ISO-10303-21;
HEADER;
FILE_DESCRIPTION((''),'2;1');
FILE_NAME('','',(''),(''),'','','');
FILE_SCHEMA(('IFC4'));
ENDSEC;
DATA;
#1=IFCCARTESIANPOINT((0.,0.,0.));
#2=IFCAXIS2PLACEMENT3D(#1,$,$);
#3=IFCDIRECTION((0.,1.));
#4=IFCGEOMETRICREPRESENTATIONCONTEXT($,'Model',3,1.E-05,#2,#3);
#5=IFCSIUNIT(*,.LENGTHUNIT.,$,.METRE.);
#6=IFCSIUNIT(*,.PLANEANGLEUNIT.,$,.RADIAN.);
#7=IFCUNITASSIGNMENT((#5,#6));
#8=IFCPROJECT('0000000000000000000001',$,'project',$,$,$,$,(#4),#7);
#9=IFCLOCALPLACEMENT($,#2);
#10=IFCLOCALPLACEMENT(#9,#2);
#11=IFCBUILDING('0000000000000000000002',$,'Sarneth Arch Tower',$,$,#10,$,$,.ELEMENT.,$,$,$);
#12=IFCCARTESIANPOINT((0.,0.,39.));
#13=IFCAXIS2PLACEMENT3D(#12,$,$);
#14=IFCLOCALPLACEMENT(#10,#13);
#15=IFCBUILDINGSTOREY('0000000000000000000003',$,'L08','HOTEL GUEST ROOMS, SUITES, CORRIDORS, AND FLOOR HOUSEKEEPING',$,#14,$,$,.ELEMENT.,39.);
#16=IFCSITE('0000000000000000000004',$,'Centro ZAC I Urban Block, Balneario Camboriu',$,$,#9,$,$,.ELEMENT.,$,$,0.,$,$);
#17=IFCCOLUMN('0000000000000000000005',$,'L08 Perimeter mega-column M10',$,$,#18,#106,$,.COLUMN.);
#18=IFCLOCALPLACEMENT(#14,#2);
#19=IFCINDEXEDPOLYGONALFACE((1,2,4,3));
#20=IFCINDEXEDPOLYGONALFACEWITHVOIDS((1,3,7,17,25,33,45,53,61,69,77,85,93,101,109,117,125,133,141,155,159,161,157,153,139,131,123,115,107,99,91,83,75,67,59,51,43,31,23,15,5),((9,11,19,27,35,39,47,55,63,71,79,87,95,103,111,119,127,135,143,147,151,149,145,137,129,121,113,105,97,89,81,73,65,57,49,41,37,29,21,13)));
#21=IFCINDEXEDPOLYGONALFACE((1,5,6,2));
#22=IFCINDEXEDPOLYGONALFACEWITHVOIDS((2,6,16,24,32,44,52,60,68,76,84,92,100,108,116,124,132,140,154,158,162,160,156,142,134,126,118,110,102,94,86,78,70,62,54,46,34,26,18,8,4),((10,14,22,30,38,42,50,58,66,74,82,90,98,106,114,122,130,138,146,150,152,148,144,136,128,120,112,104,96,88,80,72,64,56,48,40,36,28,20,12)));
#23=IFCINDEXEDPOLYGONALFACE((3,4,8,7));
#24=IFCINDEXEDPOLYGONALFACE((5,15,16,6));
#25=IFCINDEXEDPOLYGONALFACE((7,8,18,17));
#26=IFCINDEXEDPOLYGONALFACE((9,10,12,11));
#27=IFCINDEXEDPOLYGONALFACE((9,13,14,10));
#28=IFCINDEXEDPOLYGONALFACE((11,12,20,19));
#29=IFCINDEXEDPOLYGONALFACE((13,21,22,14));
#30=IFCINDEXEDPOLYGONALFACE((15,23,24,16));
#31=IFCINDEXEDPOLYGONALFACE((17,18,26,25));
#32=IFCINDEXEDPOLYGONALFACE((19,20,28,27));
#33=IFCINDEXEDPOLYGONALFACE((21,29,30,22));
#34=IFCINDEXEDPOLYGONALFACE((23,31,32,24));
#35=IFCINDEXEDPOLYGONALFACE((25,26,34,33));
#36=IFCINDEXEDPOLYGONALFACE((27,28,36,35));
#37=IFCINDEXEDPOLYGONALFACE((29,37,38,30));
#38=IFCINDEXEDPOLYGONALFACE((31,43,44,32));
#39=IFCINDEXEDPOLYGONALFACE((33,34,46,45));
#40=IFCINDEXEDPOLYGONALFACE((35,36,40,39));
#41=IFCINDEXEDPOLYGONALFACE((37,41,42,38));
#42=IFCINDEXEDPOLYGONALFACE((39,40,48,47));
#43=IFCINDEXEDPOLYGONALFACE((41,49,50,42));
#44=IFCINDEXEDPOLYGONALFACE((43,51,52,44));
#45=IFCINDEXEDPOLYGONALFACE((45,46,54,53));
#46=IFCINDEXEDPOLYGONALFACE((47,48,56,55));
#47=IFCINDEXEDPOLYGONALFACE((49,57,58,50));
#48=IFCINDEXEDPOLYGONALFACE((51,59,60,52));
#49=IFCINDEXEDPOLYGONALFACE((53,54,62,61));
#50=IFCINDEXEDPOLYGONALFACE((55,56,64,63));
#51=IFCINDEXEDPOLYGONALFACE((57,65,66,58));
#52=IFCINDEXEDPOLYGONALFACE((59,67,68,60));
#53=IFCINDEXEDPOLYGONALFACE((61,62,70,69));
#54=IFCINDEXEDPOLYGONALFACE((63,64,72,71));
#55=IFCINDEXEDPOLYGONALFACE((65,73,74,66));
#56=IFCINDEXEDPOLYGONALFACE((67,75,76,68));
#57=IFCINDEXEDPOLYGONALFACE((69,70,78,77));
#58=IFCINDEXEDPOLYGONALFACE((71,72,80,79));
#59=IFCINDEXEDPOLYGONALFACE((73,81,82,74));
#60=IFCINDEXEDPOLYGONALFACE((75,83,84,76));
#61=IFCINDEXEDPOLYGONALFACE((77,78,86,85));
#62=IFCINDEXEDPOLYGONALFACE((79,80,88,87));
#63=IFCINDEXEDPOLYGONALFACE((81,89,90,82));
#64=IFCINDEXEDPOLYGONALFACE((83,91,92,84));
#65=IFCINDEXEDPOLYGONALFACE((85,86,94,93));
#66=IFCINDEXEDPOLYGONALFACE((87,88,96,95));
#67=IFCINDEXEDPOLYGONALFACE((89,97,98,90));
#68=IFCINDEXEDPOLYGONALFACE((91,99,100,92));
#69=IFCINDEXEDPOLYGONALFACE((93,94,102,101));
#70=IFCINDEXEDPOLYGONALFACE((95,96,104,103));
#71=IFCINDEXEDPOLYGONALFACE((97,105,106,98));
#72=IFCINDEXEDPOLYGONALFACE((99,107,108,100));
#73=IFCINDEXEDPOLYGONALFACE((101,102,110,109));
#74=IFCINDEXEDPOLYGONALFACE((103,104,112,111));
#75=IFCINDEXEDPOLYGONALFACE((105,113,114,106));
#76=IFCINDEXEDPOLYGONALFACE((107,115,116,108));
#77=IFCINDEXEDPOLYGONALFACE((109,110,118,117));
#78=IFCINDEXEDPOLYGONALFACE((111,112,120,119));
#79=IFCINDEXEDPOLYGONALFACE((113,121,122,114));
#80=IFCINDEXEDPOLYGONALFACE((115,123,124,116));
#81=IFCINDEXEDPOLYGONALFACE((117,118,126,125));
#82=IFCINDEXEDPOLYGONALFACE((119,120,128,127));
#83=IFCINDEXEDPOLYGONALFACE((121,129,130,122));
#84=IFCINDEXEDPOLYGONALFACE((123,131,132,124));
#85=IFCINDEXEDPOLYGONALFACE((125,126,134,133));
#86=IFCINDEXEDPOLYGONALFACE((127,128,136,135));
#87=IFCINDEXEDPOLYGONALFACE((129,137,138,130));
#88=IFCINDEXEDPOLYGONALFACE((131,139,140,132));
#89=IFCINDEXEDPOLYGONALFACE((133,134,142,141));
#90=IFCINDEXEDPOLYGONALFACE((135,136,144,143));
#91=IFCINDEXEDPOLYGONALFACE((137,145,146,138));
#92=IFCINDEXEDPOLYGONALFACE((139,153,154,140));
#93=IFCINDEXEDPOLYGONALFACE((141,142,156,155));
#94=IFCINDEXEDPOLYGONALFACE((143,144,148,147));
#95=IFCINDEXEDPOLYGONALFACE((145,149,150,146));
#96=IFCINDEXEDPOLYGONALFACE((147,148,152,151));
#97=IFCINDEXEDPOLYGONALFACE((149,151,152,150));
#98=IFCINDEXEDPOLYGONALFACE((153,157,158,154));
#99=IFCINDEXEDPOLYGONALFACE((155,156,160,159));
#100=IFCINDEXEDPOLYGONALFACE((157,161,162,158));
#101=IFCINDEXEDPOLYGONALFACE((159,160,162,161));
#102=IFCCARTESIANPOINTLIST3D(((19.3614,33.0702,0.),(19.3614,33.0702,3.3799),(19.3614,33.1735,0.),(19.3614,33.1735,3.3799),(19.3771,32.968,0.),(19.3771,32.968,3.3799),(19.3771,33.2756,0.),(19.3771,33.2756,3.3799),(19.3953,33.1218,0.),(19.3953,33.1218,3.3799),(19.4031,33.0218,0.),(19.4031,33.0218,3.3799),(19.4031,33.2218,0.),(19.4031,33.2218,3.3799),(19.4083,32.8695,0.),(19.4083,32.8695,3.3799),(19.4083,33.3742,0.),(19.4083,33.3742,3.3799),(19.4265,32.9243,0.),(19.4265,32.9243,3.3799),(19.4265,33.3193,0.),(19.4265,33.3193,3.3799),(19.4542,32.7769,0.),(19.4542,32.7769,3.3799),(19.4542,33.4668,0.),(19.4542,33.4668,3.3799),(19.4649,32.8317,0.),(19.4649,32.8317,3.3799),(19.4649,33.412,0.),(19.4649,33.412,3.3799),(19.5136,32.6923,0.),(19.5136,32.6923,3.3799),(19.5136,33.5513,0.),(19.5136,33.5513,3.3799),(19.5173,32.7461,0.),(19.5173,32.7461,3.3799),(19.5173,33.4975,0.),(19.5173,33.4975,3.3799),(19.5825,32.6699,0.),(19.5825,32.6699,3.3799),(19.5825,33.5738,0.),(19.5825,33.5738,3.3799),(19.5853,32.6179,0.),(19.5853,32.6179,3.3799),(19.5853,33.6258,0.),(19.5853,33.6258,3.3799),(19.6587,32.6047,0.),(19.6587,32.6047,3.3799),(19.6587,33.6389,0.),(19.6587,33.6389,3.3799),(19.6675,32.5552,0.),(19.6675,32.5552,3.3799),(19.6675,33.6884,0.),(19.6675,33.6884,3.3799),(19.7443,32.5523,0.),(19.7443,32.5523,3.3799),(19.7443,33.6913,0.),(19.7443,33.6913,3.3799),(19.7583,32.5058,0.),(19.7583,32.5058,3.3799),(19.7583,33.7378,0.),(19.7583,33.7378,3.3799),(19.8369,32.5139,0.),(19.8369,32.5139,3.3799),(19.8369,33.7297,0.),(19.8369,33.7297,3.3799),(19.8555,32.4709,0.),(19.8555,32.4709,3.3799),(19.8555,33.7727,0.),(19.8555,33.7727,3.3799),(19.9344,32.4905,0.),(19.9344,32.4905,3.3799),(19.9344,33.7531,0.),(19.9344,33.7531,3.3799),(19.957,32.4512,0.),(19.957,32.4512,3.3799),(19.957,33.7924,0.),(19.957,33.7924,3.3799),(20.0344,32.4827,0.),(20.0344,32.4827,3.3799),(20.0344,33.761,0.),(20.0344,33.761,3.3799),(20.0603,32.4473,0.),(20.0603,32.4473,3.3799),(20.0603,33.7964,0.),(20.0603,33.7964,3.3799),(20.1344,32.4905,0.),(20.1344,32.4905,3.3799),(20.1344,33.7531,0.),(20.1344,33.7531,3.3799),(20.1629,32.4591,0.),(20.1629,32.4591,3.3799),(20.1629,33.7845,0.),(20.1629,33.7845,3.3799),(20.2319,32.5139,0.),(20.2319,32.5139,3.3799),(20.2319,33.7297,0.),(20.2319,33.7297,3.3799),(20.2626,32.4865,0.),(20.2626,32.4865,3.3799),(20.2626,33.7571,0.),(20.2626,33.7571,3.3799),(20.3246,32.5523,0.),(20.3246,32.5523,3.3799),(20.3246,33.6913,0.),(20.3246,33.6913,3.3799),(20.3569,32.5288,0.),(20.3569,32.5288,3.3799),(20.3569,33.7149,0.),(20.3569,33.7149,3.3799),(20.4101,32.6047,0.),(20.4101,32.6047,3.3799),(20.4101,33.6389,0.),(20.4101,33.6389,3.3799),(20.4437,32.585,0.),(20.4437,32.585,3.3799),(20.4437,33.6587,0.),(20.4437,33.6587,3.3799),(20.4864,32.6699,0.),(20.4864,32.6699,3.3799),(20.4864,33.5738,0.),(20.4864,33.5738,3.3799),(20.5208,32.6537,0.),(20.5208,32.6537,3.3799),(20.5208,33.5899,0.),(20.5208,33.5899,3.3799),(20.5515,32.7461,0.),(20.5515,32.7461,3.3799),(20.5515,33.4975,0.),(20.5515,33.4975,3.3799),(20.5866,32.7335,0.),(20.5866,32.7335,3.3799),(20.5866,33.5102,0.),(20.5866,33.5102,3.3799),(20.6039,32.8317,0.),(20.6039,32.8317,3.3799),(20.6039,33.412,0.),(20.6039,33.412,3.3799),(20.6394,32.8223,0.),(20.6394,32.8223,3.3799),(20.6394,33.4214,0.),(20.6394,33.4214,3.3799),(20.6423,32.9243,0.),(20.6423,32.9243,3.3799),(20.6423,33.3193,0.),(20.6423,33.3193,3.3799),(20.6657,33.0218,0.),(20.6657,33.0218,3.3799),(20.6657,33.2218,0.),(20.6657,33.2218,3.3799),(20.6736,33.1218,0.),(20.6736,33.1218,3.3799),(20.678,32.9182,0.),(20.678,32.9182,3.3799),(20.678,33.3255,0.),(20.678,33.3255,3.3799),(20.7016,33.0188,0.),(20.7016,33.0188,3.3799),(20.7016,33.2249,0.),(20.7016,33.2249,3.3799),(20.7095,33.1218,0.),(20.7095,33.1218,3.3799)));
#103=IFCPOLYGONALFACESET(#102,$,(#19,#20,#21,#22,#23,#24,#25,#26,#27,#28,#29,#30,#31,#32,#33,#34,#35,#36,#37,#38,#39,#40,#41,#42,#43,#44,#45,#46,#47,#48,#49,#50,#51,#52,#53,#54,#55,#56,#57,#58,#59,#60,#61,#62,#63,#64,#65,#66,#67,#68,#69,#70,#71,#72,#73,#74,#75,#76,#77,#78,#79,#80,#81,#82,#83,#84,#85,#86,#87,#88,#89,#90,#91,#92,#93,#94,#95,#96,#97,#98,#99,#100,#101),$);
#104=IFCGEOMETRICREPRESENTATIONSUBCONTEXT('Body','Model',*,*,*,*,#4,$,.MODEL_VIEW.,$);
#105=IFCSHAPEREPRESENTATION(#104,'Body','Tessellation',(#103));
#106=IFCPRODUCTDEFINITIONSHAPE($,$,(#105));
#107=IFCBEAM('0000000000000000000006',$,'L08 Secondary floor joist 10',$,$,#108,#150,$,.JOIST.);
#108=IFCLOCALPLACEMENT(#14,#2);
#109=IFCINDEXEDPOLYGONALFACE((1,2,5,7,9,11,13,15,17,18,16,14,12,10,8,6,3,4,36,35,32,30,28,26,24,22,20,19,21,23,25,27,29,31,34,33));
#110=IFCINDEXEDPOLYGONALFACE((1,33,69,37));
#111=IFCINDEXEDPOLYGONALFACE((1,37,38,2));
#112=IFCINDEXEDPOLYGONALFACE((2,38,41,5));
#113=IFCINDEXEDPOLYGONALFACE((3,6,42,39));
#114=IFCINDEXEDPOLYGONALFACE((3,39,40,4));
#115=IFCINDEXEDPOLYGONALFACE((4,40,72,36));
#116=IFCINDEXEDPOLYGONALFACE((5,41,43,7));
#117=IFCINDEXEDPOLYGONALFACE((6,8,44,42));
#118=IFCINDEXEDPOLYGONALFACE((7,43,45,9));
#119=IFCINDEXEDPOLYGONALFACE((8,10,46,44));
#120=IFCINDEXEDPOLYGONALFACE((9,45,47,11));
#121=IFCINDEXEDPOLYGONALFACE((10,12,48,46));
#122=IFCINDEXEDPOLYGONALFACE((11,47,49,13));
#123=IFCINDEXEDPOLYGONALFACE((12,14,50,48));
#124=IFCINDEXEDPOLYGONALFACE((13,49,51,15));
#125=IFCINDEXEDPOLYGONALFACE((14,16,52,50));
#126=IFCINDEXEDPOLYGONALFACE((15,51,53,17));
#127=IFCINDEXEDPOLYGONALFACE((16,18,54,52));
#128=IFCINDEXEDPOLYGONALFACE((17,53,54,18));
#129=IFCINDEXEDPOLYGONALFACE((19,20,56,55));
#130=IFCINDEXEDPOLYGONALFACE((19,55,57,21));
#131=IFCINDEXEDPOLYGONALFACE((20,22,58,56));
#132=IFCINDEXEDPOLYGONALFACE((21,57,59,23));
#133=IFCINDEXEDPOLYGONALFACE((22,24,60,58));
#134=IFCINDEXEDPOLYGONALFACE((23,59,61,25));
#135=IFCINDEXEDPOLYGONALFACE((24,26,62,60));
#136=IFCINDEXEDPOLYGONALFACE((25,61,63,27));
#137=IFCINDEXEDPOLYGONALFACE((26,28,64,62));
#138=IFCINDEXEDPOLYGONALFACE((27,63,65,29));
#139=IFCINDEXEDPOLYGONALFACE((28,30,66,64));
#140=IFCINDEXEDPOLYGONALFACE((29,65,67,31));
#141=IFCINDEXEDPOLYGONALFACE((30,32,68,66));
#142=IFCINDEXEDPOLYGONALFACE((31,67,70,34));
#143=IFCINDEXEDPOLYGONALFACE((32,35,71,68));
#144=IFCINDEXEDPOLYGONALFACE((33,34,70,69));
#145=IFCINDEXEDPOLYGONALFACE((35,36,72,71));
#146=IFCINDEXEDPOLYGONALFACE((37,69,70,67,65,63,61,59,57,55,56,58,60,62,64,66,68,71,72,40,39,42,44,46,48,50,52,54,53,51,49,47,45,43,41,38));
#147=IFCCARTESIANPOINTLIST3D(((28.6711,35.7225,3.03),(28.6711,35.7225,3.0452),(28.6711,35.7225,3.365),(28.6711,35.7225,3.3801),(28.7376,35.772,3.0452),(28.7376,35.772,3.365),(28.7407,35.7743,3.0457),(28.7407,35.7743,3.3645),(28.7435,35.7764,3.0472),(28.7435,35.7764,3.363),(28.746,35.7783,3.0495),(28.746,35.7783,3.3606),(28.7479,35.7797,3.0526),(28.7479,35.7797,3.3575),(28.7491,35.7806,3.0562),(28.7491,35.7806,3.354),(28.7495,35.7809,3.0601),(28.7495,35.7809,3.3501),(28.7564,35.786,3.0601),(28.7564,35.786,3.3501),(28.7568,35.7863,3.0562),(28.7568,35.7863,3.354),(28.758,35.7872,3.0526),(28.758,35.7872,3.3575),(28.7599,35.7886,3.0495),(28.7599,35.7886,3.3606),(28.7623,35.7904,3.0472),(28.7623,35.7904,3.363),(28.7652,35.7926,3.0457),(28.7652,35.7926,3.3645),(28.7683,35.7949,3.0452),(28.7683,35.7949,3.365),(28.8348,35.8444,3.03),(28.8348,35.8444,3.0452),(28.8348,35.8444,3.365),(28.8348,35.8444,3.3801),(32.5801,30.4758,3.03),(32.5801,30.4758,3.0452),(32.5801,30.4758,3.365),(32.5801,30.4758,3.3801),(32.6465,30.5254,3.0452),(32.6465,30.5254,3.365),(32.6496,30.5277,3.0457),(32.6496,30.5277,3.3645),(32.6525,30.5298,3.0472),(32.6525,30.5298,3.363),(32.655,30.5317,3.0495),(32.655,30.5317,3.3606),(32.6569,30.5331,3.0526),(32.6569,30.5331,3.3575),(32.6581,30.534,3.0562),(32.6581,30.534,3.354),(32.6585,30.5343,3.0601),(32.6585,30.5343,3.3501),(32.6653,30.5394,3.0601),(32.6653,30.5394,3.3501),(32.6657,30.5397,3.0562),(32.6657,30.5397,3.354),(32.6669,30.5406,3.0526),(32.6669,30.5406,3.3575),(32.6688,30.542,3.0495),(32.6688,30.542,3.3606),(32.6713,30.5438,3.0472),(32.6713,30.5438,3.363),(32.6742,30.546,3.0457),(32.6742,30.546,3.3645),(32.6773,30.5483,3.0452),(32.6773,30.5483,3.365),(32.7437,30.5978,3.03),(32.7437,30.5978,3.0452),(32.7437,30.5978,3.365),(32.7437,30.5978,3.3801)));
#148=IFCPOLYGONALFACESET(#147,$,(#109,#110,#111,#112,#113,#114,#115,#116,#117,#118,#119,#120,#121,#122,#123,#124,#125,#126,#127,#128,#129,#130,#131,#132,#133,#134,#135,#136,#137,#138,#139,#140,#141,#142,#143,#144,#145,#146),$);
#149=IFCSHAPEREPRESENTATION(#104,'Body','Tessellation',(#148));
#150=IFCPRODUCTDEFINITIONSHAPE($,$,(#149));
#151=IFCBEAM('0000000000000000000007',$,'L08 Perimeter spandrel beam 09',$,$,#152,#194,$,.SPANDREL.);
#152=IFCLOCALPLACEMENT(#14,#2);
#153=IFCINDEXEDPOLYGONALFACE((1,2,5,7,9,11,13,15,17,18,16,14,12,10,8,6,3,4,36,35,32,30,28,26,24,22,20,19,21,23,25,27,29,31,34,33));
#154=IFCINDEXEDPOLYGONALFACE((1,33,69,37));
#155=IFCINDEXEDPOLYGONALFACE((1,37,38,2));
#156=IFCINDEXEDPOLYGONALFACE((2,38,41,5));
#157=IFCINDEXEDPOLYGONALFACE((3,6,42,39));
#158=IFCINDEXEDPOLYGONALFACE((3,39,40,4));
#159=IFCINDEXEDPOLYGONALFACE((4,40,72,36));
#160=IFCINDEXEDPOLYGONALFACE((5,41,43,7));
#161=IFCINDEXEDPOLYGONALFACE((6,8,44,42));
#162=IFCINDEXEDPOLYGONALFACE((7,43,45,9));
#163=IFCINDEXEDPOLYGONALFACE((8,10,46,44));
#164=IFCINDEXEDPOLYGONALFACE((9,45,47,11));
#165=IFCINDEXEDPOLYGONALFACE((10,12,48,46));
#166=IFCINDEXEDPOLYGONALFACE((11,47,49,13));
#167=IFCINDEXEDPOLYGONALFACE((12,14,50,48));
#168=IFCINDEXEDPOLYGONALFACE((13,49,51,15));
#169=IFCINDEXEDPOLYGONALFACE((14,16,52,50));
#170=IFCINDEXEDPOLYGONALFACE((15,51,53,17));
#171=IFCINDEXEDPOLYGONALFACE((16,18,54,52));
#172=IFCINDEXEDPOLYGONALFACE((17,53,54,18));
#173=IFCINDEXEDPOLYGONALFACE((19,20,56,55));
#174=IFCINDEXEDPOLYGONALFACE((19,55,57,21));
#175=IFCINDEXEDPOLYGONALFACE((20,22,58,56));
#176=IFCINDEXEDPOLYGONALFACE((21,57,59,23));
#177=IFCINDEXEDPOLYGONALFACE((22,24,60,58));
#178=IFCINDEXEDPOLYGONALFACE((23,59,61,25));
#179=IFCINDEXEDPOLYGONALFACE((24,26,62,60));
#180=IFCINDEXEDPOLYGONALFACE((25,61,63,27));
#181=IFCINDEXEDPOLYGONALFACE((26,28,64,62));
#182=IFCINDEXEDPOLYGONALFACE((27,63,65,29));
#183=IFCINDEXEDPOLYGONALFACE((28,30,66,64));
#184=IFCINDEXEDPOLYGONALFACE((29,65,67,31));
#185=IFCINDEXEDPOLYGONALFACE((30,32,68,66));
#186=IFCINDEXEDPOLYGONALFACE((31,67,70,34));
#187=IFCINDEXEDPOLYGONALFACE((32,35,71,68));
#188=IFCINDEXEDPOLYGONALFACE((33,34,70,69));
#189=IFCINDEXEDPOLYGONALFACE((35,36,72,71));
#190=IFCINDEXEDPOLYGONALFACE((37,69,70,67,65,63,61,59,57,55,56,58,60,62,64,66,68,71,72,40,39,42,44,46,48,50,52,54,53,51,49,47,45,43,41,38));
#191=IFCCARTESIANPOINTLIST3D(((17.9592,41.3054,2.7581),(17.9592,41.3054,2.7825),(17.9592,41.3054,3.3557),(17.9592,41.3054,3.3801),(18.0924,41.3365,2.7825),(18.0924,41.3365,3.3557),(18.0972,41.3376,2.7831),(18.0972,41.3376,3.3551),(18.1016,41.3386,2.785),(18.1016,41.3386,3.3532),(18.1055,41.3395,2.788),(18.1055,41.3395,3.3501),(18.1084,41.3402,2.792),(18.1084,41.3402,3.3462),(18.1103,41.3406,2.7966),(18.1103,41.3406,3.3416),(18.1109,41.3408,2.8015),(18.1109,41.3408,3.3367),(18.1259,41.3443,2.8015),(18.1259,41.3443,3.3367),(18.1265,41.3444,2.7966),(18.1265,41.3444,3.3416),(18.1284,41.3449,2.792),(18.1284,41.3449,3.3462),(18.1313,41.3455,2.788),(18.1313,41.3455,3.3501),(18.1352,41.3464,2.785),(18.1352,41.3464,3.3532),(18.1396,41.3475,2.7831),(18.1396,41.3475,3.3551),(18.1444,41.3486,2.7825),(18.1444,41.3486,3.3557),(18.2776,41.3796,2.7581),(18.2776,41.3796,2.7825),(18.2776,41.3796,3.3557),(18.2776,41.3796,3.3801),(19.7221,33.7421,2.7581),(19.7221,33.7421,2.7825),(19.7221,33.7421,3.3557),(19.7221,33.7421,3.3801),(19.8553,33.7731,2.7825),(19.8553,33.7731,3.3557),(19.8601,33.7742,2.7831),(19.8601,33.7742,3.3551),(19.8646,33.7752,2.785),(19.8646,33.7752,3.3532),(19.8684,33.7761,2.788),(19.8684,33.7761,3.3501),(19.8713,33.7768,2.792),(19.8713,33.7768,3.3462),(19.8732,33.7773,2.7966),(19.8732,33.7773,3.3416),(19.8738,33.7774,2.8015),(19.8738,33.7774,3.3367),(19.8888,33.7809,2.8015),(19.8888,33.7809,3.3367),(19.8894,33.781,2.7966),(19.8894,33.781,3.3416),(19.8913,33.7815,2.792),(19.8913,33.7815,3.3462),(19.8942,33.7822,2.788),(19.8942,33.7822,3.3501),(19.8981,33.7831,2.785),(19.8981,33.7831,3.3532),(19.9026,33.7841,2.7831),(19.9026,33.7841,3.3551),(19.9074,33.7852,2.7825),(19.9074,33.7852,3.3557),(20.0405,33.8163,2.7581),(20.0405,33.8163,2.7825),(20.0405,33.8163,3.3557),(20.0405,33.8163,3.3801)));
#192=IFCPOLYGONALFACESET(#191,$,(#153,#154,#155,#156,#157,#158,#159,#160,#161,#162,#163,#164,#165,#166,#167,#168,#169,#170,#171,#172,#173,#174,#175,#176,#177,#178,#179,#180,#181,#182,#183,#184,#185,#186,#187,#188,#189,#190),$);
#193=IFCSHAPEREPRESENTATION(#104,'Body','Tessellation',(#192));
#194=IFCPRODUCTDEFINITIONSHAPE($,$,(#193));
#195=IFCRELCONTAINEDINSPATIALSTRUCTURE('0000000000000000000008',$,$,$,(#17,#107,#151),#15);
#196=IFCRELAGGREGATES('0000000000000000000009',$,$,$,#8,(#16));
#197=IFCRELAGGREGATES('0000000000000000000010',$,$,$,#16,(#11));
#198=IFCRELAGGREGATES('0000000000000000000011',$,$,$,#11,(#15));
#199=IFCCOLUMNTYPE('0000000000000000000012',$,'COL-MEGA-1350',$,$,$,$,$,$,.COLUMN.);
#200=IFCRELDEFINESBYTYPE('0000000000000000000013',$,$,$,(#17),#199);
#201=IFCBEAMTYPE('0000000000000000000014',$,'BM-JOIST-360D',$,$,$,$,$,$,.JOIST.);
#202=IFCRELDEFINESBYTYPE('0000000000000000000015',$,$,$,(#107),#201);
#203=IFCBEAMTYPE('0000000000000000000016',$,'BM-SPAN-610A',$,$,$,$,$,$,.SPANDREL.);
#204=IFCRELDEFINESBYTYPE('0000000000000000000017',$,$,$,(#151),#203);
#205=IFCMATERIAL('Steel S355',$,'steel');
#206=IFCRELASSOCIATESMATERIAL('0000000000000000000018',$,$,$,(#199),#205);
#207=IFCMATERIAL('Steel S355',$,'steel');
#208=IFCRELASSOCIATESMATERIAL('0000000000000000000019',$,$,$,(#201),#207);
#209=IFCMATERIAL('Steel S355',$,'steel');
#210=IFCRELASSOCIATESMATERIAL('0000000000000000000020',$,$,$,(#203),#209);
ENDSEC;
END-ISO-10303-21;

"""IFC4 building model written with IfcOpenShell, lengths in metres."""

from ifc_helpers import new_model, si_unit, direction, frame, origin, origin_2d, place, context, subcontext, project, spatial, hollow_circle, i_section, extrude, material, material_profile, profile_set, type_object, element, save


model = new_model("IFC4")

# Units and contexts
model_context = context("Model", 3, precision=1e-05, world=origin(), true_north=direction((0.0, 1.0)))
body_context = subcontext(model_context, "Body", "Model", "MODEL_VIEW")
ifc_project = project(units=[si_unit("LENGTHUNIT", "METRE"), si_unit("PLANEANGLEUNIT", "RADIAN")], contexts=[model_context])

# Site, building, storey
site_placement = place(None, origin())
site = spatial("IfcSite", under=ifc_project, at=site_placement, Name="Centro ZAC I Urban Block, Balneario Camboriu", CompositionType="ELEMENT", RefElevation=0.0)
building_placement = place(site_placement, origin())
building = spatial("IfcBuilding", under=site, at=building_placement, Name="Sarneth Arch Tower", CompositionType="ELEMENT")
storey_placement = place(building_placement, frame((0.0, 0.0, 39.0)))
storey = spatial("IfcBuildingStorey", under=building, at=storey_placement, Name="L08", Description="HOTEL GUEST ROOMS, SUITES, CORRIDORS, AND FLOOR HOUSEKEEPING", CompositionType="ELEMENT", Elevation=39.0)

# Column
ifc_material_1 = material(Name="Steel S355", Category="steel")
ifc_material_profile_1 = material_profile(ifc_material_1, hollow_circle(Radius=0.675, WallThickness=0.0359, at=origin_2d()), Name="CHS1350x36")
ifc_profile_set_1 = profile_set([ifc_material_profile_1], Name="Steel S355")
column_type = type_object("IfcColumnType", Name="COL-MEGA-1350", PredefinedType="COLUMN", material=ifc_profile_set_1)
column_placement = place(storey_placement, frame((20.0344, 33.1218, 0.0), z_axis=(0.0, 0.0, 1.0), x_axis=(1.0, 0.0, 0.0)))
element("IfcColumn", 1, at=column_placement, inside=storey, type_object=column_type, Name="L08 Perimeter mega-column M10", PredefinedType="COLUMN", context=body_context, shape_type="SweptSolid", body=[
    extrude(hollow_circle(Radius=0.675, WallThickness=0.0359, at=origin_2d()), origin(), (0.0, 0.0, 1.0), 3.3799),
])

# Beams
ifc_material_2 = material(Name="Steel S355", Category="steel")
ifc_material_profile_2 = material_profile(ifc_material_2, i_section(OverallWidth=0.2041, OverallDepth=0.3501, WebThickness=0.0085, FlangeThickness=0.0151, FilletRadius=0.0149, at=origin_2d()), Name="W360x72")
ifc_profile_set_2 = profile_set([ifc_material_profile_2], Name="Steel S355")
beam_type_1 = type_object("IfcBeamType", Name="BM-JOIST-360D", PredefinedType="JOIST", material=ifc_profile_set_2)
beam_1_placement = place(storey_placement, frame((28.7529, 35.7834, 3.2051), z_axis=(0.597454, -0.801904, 0.0), x_axis=(0.801904, 0.597454, 0.0)))
element("IfcBeam", 2, at=beam_1_placement, inside=storey, type_object=beam_type_1, Name="L08 Secondary floor joist 10", PredefinedType="JOIST", context=body_context, shape_type="SweptSolid", body=[
    extrude(i_section(OverallWidth=0.2041, OverallDepth=0.3501, WebThickness=0.0085, FlangeThickness=0.0151, FilletRadius=0.0149, at=origin_2d()), origin(), (0.0, 0.0, 1.0), 6.5427),
])
ifc_material_3 = material(Name="Steel S355", Category="steel")
ifc_material_profile_3 = material_profile(ifc_material_3, i_section(OverallWidth=0.3269, OverallDepth=0.6221, WebThickness=0.0154, FlangeThickness=0.0244, FilletRadius=0.019, at=origin_2d()), Name="W610x195")
ifc_profile_set_3 = profile_set([ifc_material_profile_3], Name="Steel S355")
beam_type_2 = type_object("IfcBeamType", Name="BM-SPAN-610A", PredefinedType="SPANDREL", material=ifc_profile_set_3)
beam_2_placement = place(storey_placement, frame((18.1184, 41.3425, 3.0691), z_axis=(0.227001, -0.973895, 0.0), x_axis=(0.973895, 0.227001, 0.0)))
element("IfcBeam", 3, at=beam_2_placement, inside=storey, type_object=beam_type_2, Name="L08 Perimeter spandrel beam 09", PredefinedType="SPANDREL", context=body_context, shape_type="SweptSolid", body=[
    extrude(i_section(OverallWidth=0.3269, OverallDepth=0.6221, WebThickness=0.0154, FlangeThickness=0.0244, FilletRadius=0.019, at=origin_2d()), origin(), (0.0, 0.0, 1.0), 7.7661),
])

save(model, "model.ifc")
